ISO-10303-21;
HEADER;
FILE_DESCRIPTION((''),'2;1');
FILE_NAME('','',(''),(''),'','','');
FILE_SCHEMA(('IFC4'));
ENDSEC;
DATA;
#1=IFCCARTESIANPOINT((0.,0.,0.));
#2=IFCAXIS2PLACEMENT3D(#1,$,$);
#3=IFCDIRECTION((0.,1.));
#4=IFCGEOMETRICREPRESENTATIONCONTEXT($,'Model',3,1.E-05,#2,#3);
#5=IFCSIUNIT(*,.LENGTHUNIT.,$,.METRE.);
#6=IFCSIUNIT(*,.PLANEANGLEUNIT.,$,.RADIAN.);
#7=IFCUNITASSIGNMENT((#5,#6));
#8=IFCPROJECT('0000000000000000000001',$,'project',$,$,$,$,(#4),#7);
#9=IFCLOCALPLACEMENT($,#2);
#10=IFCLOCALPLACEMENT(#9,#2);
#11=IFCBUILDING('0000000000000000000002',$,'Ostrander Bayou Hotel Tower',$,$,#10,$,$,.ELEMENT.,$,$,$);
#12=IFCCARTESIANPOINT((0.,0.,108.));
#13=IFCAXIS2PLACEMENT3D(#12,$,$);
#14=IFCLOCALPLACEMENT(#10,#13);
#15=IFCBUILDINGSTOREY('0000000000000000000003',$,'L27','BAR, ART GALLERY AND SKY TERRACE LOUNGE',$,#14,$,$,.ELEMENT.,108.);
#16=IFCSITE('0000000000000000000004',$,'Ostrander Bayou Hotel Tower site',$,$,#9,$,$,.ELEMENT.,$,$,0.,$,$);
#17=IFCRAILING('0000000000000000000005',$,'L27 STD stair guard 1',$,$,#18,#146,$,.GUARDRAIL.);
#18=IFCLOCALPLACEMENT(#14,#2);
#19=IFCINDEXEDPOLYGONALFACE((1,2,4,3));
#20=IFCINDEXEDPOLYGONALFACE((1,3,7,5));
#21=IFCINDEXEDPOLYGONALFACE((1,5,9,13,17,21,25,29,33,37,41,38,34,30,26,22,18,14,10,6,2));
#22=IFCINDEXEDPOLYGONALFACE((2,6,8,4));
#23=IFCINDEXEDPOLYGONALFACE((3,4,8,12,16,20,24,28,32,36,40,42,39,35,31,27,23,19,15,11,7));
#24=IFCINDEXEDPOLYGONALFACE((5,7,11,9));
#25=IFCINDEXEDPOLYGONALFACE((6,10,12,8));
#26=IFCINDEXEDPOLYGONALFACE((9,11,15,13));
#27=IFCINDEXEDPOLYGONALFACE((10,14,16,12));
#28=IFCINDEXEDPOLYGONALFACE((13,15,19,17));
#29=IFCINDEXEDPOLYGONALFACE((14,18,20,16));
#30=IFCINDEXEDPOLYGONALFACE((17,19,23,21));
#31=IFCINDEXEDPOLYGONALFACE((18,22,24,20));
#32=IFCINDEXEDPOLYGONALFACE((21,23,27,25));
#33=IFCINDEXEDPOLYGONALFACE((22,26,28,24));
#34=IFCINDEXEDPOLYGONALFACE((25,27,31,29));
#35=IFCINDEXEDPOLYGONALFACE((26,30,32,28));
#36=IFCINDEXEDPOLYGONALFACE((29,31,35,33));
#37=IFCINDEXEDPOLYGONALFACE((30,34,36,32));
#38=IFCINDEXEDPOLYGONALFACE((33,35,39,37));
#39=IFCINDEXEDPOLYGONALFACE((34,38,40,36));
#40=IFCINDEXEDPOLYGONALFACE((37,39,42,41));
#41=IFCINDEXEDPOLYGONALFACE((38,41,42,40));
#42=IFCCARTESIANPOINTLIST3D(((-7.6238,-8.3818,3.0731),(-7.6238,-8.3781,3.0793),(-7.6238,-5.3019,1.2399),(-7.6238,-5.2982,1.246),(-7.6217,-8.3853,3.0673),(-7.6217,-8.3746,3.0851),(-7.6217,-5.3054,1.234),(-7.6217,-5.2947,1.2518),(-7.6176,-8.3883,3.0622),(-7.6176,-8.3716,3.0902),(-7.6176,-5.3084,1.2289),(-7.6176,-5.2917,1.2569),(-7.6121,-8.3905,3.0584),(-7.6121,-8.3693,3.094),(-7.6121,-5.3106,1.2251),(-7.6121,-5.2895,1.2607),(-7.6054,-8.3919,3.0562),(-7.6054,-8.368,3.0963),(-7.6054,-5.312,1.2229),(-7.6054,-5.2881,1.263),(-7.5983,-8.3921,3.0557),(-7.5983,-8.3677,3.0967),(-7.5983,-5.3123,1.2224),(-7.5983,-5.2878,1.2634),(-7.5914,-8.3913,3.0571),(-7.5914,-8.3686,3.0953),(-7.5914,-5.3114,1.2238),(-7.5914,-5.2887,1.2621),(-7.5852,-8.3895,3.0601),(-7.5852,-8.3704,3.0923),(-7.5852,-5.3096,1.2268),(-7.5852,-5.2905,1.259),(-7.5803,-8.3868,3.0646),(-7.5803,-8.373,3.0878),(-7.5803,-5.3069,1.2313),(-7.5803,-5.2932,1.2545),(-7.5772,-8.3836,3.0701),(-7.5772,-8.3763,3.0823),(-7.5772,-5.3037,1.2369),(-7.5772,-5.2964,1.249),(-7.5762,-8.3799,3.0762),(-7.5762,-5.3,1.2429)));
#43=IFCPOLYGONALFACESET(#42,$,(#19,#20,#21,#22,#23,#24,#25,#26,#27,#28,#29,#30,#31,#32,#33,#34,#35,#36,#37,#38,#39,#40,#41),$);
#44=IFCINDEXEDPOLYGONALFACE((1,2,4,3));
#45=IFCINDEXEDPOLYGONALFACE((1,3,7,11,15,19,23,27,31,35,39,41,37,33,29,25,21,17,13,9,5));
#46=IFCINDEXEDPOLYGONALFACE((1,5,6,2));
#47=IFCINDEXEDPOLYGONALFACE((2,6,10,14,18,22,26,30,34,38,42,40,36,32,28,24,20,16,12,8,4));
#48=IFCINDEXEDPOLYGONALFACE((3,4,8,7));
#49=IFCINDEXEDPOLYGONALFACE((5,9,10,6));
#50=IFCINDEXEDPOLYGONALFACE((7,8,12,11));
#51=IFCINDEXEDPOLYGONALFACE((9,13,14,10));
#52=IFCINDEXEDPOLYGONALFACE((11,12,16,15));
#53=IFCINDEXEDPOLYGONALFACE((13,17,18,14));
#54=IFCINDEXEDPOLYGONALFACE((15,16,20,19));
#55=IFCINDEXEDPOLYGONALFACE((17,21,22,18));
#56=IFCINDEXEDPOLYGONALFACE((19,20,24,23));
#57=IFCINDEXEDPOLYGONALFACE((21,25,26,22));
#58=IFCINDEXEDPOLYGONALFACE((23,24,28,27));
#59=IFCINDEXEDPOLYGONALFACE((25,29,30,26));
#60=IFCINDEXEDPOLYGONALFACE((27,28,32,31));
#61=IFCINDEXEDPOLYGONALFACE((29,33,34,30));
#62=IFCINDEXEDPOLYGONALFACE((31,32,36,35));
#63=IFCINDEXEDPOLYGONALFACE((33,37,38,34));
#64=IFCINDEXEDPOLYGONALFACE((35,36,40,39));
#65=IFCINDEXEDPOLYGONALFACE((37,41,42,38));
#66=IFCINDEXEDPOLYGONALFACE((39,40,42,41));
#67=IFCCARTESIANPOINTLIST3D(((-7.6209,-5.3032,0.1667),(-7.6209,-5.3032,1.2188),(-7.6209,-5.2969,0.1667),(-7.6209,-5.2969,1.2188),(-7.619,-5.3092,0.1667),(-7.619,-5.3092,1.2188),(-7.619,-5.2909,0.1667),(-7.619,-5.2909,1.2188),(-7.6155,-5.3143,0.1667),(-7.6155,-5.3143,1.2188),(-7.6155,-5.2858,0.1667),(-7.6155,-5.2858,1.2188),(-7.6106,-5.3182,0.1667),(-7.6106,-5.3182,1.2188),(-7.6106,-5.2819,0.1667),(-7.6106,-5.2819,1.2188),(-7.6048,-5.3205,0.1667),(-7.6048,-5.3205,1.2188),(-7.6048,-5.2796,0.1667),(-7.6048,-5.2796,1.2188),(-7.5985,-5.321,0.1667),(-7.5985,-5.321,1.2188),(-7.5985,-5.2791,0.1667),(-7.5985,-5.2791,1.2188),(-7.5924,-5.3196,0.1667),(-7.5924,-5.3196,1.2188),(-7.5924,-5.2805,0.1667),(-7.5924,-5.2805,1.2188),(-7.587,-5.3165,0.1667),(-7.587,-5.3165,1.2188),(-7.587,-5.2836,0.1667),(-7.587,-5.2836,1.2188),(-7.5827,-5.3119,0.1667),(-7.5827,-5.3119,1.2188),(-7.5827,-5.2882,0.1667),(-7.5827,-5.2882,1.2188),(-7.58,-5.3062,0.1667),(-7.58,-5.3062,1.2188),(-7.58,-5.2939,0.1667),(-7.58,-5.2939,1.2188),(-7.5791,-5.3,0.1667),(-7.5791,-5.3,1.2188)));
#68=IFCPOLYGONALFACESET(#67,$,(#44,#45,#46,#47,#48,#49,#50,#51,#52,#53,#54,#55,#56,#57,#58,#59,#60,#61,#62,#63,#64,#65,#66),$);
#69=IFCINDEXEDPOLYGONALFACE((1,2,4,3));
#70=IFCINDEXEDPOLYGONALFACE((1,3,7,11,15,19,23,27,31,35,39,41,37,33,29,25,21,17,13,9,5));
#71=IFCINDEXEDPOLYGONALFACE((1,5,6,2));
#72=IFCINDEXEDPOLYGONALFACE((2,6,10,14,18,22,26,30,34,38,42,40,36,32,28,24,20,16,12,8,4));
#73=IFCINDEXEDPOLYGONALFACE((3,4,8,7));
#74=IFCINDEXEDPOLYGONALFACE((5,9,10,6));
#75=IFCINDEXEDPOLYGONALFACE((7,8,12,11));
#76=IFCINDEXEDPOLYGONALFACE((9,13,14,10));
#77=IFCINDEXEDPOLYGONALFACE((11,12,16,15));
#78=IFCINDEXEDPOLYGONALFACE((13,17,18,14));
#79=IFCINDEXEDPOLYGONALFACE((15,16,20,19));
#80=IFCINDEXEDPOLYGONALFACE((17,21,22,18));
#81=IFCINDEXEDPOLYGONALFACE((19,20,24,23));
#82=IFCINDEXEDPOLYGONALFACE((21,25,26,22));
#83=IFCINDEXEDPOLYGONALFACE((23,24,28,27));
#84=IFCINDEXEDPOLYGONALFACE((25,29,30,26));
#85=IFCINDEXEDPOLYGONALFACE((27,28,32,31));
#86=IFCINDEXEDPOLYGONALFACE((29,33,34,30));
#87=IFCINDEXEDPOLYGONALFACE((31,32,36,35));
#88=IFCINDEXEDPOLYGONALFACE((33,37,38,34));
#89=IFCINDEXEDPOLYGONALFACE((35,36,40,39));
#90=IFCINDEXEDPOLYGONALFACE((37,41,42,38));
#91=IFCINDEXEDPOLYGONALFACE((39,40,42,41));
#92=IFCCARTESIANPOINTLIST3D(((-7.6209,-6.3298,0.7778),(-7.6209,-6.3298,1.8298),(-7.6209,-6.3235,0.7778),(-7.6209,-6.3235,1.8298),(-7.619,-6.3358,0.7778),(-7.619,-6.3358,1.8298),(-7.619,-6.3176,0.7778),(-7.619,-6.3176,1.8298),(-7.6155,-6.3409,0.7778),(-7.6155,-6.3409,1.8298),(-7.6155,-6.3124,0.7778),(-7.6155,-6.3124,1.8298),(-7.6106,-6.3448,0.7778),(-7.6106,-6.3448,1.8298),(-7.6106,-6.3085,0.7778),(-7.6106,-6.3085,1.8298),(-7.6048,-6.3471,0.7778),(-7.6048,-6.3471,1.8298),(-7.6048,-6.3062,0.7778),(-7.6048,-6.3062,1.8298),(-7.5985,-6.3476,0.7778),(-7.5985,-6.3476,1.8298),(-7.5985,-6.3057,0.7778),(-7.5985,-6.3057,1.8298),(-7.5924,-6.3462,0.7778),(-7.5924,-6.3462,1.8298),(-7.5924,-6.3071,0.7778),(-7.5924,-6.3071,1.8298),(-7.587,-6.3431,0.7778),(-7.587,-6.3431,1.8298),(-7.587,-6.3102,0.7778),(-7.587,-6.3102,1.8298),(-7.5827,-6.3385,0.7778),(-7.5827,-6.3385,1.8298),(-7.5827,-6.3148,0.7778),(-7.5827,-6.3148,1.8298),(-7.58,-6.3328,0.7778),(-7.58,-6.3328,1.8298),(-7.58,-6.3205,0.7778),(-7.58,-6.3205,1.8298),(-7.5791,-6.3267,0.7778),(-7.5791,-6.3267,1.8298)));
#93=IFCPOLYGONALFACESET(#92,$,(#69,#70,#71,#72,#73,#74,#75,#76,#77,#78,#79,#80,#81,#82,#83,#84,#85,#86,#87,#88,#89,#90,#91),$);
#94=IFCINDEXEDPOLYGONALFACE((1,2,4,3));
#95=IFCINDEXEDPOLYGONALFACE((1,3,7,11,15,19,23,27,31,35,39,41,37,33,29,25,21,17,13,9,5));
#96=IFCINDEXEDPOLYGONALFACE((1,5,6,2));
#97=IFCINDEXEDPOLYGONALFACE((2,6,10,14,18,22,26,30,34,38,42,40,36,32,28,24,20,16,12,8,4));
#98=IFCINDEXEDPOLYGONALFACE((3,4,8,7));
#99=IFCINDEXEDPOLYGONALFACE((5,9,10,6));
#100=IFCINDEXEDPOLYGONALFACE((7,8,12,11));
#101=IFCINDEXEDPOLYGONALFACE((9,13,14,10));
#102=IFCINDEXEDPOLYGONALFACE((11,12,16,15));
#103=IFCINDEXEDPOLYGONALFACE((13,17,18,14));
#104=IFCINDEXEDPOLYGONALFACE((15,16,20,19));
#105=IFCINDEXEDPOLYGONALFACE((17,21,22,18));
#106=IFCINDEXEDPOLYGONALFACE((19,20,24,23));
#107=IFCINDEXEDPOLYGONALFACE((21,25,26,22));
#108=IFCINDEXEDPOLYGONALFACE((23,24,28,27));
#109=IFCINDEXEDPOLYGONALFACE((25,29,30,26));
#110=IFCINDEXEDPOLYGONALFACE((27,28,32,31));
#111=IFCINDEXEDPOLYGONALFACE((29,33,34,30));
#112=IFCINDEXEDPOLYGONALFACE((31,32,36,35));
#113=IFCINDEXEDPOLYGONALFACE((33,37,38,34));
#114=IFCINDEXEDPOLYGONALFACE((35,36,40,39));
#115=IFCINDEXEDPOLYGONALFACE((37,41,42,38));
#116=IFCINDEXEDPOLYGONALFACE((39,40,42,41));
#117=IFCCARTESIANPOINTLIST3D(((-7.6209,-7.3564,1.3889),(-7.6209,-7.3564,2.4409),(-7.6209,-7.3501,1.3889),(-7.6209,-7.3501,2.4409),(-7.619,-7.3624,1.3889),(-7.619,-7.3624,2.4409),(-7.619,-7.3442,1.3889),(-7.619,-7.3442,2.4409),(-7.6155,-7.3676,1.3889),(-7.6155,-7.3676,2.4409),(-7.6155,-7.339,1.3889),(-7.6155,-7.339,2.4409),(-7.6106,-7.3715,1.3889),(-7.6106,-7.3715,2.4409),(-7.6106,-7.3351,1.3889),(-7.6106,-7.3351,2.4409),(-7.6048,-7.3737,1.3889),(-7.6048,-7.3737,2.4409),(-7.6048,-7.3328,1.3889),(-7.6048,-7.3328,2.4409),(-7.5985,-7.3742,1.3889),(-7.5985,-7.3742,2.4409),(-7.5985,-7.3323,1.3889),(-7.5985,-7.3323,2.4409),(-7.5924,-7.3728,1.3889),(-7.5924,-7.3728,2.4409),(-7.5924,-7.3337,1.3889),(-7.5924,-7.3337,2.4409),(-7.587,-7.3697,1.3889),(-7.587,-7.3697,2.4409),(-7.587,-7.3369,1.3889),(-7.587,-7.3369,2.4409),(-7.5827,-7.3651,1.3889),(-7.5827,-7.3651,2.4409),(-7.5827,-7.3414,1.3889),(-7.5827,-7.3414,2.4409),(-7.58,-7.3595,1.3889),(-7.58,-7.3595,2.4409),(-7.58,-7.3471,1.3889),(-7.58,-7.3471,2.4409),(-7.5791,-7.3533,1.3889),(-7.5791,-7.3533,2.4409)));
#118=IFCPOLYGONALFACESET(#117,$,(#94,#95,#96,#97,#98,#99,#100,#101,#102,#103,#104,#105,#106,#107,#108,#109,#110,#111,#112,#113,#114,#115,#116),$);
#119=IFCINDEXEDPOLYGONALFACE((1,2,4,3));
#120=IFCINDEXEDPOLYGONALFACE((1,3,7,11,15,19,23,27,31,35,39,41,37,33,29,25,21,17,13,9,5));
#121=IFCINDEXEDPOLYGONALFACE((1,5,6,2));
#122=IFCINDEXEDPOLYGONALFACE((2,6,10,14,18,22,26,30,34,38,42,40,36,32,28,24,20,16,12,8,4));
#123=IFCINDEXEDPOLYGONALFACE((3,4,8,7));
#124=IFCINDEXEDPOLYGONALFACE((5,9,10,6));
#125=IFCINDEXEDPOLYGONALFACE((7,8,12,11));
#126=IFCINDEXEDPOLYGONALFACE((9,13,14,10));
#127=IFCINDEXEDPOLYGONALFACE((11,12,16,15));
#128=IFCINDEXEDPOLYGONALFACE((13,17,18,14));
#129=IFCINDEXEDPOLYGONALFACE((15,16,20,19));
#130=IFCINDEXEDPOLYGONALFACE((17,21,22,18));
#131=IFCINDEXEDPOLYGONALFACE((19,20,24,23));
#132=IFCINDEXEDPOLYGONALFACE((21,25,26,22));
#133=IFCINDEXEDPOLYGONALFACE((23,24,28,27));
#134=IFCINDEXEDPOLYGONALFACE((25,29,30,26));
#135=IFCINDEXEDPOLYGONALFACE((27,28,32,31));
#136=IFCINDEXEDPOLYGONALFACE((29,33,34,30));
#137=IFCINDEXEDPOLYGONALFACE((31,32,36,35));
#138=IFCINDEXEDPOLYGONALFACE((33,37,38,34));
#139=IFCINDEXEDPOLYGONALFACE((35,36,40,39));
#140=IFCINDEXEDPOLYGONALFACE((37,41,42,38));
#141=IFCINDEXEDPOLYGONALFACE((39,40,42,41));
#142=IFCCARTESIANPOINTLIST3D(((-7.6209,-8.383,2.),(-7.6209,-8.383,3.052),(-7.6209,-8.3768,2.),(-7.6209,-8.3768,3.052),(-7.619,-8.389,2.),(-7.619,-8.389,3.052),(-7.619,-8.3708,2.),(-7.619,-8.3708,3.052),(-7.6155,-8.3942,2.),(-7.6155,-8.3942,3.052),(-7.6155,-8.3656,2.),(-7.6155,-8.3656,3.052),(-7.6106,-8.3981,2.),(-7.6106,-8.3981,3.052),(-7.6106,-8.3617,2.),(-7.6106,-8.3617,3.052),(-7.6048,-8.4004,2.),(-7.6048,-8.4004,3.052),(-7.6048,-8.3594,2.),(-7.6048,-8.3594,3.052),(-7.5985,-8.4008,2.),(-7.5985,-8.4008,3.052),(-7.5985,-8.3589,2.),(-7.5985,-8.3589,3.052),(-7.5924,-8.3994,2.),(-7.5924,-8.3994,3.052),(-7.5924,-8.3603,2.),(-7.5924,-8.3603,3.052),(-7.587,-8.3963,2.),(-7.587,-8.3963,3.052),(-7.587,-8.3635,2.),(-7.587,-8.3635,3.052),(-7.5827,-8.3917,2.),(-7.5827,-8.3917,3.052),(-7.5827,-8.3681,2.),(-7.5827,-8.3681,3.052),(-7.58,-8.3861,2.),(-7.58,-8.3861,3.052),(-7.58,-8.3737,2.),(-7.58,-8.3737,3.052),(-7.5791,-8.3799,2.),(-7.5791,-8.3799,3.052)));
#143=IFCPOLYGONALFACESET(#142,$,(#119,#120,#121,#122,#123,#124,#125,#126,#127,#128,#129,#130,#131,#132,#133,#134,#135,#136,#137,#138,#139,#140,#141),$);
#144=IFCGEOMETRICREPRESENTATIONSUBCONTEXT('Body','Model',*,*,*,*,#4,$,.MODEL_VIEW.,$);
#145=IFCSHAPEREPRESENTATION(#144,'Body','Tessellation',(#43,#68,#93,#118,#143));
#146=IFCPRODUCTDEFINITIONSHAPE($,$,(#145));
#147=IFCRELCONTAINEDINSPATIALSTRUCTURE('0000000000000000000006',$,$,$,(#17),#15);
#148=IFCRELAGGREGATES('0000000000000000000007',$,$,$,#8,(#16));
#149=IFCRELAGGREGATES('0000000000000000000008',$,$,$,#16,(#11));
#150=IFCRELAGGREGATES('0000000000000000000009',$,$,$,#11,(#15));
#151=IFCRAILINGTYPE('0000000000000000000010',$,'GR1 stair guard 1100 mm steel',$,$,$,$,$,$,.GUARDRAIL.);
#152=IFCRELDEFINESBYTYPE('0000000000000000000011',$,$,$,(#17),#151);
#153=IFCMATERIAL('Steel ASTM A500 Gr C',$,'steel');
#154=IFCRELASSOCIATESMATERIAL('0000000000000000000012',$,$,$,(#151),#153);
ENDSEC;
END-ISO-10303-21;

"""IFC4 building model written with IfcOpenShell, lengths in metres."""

from ifc_helpers import new_model, si_unit, direction, frame, origin, origin_2d, place, context, subcontext, project, spatial, circle, extrude, material, type_object, element, save


model = new_model("IFC4")

# Units and contexts
model_context = context("Model", 3, precision=1e-05, world=origin(), true_north=direction((0.0, 1.0)))
body_context = subcontext(model_context, "Body", "Model", "MODEL_VIEW")
ifc_project = project(units=[si_unit("LENGTHUNIT", "METRE"), si_unit("PLANEANGLEUNIT", "RADIAN")], contexts=[model_context])

# Site, building, storey
site_placement = place(None, origin())
site = spatial("IfcSite", under=ifc_project, at=site_placement, Name="Ostrander Bayou Hotel Tower site", CompositionType="ELEMENT", RefElevation=0.0)
building_placement = place(site_placement, origin())
building = spatial("IfcBuilding", under=site, at=building_placement, Name="Ostrander Bayou Hotel Tower", CompositionType="ELEMENT")
storey_placement = place(building_placement, frame((0.0, 0.0, 108.0)))
storey = spatial("IfcBuildingStorey", under=building, at=storey_placement, Name="L27", Description="BAR, ART GALLERY AND SKY TERRACE LOUNGE", CompositionType="ELEMENT", Elevation=108.0)

# Railing
ifc_material_1 = material(Name="Steel ASTM A500 Gr C", Category="steel")
railing_type_1 = type_object("IfcRailingType", Name="GR1 stair guard 1100 mm steel", PredefinedType="GUARDRAIL", material=ifc_material_1)
railing_1_placement = place(storey_placement, frame((-7.6001, -5.3, 0.1667)))
element("IfcRailing", 1, at=railing_1_placement, inside=storey, type_object=railing_type_1, Name="L27 STD stair guard 1", PredefinedType="GUARDRAIL", context=body_context, shape_type="SweptSolid", body=[
    extrude(circle(Radius=0.0239, at=origin_2d()), frame((0.0, 0.0, 1.0762), z_axis=(0.0, -0.859291, 0.511487), x_axis=(1.0, 0.0, 0.0)), (0.0, 0.0, 1.0), 3.5842),
    extrude(circle(Radius=0.021, at=origin_2d()), origin(), (0.0, 0.0, 1.0), 1.052),
    extrude(circle(Radius=0.021, at=origin_2d()), frame((0.0, -1.0266, 0.6111)), (0.0, 0.0, 1.0), 1.052),
    extrude(circle(Radius=0.021, at=origin_2d()), frame((0.0, -2.0532, 1.2222)), (0.0, 0.0, 1.0), 1.052),
    extrude(circle(Radius=0.021, at=origin_2d()), frame((0.0, -3.0798, 1.8333)), (0.0, 0.0, 1.0), 1.052),
])

save(model, "model.ifc")
